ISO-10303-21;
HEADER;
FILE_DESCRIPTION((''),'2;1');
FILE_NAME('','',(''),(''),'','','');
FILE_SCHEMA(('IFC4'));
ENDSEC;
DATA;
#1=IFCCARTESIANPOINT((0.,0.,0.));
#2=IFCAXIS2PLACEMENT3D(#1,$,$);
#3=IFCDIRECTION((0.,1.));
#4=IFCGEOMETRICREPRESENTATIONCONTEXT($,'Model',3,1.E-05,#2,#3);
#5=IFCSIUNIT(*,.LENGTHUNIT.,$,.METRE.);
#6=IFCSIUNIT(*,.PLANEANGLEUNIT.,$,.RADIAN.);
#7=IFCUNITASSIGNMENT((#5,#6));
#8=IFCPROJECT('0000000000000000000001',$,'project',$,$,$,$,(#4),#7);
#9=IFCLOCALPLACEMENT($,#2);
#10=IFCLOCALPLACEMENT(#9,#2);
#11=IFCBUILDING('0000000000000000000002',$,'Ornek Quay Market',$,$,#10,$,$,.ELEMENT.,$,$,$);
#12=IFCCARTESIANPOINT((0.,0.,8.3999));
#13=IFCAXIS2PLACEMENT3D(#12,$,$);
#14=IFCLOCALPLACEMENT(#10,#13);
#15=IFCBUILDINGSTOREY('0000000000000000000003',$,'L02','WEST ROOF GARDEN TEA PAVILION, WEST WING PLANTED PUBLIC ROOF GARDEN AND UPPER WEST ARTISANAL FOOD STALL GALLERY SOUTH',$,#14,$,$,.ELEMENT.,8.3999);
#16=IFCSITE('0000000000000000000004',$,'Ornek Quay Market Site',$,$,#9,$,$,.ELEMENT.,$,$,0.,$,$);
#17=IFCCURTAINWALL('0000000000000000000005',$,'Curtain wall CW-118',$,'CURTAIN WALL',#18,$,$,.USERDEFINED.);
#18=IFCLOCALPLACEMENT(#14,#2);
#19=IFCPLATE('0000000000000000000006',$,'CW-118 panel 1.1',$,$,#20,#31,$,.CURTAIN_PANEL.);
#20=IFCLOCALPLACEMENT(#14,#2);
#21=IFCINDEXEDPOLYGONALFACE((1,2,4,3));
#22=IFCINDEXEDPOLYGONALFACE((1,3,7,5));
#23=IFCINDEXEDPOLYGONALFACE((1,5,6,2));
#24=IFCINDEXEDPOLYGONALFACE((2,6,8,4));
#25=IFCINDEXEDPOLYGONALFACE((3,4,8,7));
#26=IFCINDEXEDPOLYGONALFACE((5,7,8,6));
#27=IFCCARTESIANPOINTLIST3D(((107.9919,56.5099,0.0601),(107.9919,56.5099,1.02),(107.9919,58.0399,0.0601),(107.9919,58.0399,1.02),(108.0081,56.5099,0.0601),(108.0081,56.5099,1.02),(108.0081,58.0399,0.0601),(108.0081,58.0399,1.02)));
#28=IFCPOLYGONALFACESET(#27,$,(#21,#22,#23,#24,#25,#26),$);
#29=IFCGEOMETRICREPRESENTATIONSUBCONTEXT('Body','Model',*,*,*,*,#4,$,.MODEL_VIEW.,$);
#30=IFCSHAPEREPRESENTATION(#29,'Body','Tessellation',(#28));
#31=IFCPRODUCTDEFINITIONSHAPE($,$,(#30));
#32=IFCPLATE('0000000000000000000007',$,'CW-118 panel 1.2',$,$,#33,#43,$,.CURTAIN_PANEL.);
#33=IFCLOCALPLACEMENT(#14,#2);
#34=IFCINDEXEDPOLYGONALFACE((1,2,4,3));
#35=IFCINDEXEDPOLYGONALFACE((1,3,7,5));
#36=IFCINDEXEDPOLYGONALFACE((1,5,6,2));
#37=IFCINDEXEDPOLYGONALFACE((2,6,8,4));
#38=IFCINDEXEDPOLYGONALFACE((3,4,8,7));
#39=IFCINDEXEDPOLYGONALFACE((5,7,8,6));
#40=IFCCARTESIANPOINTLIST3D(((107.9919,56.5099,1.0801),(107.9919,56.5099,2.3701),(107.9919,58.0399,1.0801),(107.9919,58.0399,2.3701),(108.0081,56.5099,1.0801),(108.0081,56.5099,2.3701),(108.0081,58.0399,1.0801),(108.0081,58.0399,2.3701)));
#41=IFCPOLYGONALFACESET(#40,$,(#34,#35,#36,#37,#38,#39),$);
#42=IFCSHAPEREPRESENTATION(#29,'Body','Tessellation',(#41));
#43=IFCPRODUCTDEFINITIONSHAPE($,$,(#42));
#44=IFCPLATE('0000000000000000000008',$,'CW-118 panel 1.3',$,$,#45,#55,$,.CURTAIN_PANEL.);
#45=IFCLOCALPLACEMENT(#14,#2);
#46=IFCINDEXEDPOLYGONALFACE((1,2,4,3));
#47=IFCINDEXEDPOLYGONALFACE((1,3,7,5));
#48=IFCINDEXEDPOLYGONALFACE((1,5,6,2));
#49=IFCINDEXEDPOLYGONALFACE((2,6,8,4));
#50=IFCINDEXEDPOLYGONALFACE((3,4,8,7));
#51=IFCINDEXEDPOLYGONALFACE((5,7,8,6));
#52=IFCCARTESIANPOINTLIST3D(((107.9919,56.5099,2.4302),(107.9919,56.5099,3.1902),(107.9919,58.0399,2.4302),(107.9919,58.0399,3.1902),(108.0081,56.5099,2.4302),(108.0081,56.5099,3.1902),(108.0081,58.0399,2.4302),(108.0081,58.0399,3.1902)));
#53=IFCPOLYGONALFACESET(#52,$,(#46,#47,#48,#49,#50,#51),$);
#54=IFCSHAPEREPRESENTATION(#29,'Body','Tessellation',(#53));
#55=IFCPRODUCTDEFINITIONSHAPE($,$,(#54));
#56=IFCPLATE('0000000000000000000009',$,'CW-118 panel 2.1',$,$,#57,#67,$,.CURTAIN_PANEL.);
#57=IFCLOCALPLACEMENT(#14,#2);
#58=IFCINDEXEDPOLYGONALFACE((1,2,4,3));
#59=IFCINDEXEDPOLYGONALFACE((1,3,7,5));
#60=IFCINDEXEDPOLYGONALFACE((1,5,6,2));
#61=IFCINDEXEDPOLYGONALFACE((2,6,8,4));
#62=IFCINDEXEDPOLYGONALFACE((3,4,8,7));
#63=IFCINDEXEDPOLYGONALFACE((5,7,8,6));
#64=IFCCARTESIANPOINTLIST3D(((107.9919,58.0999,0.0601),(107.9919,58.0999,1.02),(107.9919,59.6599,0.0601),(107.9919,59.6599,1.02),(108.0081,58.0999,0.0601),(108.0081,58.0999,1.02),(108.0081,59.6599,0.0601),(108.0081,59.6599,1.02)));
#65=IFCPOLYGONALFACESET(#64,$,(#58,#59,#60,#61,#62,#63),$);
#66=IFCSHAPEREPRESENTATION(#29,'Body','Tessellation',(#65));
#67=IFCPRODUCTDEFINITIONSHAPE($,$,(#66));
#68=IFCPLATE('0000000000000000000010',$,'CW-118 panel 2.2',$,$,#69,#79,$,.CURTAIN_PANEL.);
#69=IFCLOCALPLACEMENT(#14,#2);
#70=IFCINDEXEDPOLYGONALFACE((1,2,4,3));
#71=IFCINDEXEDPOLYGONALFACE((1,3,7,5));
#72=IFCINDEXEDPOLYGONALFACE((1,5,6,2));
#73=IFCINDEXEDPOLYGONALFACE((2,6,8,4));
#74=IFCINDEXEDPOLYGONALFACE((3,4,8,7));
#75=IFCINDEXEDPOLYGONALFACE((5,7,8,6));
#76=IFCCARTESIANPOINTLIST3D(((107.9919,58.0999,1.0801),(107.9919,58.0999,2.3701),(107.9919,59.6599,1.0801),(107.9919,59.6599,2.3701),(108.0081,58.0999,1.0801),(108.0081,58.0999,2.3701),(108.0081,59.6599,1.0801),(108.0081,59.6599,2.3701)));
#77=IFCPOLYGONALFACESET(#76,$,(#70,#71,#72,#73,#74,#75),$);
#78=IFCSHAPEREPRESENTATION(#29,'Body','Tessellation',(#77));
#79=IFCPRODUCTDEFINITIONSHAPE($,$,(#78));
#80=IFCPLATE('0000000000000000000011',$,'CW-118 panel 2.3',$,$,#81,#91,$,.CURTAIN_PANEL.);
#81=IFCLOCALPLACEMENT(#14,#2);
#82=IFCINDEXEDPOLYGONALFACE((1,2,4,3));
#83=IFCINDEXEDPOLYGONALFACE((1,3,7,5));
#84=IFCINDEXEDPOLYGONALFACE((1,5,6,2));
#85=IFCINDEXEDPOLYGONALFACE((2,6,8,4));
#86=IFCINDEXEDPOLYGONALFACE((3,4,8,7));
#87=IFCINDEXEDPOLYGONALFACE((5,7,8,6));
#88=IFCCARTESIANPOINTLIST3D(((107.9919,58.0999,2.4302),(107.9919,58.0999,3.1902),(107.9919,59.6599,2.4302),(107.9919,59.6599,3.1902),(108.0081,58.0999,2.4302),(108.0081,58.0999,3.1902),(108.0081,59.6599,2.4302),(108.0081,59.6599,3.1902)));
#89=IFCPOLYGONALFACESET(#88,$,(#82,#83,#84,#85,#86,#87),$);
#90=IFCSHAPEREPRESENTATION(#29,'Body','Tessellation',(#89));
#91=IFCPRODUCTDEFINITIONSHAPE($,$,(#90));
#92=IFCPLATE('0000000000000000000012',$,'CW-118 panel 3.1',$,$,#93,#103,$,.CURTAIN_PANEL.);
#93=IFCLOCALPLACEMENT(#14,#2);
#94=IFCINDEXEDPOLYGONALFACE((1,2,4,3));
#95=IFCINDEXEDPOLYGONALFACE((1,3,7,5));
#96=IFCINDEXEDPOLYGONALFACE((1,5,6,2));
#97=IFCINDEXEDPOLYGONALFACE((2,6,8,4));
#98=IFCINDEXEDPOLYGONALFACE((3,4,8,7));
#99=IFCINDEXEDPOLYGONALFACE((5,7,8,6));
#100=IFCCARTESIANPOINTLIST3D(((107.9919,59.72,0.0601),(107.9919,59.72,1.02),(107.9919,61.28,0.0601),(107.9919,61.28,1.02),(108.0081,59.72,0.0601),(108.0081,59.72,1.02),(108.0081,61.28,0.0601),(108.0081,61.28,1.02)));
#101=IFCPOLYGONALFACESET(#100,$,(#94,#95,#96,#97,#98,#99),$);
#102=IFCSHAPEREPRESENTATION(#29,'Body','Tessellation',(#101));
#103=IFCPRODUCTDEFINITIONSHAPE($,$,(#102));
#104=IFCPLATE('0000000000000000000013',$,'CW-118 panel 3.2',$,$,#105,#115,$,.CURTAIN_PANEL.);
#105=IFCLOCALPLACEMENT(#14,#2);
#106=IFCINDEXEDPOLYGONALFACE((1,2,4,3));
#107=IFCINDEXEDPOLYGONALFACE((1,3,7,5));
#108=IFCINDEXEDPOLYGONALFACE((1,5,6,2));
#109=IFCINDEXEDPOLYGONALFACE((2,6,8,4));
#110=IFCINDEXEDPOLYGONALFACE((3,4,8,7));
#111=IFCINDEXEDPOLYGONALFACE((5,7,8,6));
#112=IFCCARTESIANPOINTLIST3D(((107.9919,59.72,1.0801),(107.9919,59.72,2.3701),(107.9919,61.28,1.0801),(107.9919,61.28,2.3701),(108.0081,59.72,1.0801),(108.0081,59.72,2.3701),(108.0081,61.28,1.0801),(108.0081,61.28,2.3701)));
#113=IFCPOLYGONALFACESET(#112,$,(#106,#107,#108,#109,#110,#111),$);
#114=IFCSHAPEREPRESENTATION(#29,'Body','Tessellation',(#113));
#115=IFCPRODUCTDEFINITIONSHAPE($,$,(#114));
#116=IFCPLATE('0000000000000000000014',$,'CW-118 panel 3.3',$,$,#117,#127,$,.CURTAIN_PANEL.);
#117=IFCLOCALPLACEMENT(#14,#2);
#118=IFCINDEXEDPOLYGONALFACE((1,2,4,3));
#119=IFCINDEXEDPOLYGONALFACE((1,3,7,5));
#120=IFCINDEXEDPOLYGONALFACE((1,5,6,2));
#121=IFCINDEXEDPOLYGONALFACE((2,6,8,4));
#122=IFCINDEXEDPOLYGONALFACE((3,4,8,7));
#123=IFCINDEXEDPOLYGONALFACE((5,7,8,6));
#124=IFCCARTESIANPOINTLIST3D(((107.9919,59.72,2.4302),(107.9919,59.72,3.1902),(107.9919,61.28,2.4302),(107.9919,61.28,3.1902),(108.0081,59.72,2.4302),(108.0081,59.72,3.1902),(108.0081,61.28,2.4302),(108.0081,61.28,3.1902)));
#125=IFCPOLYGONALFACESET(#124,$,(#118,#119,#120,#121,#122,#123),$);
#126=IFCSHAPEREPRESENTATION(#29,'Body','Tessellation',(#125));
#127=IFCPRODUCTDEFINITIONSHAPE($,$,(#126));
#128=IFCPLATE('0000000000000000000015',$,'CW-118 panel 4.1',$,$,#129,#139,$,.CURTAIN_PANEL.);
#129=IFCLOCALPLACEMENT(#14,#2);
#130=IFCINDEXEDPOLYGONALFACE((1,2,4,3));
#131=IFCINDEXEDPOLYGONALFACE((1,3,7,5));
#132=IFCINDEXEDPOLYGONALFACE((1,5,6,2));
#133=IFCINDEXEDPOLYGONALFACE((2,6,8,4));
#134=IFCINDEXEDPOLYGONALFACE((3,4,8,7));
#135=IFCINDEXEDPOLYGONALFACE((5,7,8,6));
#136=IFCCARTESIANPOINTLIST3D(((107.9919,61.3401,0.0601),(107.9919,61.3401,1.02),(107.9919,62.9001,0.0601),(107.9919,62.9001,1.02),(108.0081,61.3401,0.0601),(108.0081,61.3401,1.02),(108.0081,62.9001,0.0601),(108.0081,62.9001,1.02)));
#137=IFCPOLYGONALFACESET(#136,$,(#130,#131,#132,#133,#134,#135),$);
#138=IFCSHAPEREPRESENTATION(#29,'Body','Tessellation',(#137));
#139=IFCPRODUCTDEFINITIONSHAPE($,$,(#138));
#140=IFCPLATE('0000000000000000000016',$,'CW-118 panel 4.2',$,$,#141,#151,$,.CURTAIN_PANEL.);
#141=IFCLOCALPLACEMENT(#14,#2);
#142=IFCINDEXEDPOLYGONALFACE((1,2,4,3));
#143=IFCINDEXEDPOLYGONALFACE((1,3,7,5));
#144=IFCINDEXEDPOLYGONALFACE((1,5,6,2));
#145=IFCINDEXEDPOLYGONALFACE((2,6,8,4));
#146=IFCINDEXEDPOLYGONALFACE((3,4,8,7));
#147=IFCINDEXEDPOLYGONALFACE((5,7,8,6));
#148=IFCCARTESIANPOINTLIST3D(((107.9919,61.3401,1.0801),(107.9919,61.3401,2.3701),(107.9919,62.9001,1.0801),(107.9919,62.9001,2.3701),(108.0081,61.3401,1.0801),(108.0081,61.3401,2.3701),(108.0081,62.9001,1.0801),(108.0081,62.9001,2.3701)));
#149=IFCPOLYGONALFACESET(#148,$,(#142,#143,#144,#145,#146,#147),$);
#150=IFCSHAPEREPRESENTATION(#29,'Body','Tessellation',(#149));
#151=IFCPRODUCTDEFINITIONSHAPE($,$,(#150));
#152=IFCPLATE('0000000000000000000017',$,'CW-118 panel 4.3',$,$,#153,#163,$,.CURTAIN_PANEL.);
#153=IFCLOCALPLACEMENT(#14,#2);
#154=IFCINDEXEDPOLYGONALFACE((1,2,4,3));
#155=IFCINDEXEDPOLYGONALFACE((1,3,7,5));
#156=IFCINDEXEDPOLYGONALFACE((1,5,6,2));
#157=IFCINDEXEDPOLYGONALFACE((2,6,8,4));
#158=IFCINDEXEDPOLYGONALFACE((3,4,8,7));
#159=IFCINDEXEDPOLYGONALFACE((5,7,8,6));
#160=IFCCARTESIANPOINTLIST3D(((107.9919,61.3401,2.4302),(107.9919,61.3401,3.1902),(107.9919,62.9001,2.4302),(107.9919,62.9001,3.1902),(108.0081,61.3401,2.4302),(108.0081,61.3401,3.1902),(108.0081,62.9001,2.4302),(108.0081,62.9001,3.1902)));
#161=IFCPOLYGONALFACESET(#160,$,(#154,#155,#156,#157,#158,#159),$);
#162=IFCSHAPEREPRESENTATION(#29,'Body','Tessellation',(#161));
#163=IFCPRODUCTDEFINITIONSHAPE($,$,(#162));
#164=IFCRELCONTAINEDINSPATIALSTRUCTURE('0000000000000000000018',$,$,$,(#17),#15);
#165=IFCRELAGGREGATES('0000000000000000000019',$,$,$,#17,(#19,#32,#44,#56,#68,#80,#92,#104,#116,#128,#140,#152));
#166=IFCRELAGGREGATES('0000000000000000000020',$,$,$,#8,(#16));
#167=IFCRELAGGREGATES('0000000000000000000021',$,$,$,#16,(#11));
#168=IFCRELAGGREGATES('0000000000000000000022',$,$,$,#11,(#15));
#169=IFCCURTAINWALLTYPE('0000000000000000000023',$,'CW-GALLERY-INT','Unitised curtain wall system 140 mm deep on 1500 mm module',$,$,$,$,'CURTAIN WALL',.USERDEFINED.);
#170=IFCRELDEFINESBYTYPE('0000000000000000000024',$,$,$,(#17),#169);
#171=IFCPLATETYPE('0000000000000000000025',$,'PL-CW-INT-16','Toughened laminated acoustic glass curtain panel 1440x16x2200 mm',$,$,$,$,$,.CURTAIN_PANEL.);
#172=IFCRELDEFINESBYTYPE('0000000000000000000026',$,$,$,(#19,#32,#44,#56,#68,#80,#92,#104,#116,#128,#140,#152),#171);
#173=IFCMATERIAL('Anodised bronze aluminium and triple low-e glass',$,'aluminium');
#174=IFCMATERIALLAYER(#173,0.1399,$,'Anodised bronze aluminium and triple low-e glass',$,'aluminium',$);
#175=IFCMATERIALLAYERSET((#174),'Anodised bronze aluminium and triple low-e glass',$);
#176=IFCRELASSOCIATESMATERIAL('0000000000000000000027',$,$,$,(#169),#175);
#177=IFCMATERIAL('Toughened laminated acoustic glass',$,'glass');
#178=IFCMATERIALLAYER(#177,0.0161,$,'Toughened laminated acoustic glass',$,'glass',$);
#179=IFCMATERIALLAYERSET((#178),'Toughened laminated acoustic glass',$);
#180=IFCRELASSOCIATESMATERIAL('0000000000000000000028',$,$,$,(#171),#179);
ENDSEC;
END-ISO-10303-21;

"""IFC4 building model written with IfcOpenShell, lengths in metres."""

from ifc_helpers import new_model, si_unit, direction, frame, origin, origin_2d, place, context, subcontext, project, spatial, rectangle, extrude, material, layer, layer_set, type_object, element, aggregate, save


model = new_model("IFC4")

# Units and contexts
model_context = context("Model", 3, precision=1e-05, world=origin(), true_north=direction((0.0, 1.0)))
body_context = subcontext(model_context, "Body", "Model", "MODEL_VIEW")
ifc_project = project(units=[si_unit("LENGTHUNIT", "METRE"), si_unit("PLANEANGLEUNIT", "RADIAN")], contexts=[model_context])

# Site, building, storey
site_placement = place(None, origin())
site = spatial("IfcSite", under=ifc_project, at=site_placement, Name="Ornek Quay Market Site", CompositionType="ELEMENT", RefElevation=0.0)
building_placement = place(site_placement, origin())
building = spatial("IfcBuilding", under=site, at=building_placement, Name="Ornek Quay Market", CompositionType="ELEMENT")
storey_placement = place(building_placement, frame((0.0, 0.0, 8.3999)))
storey = spatial("IfcBuildingStorey", under=building, at=storey_placement, Name="L02", Description="WEST ROOF GARDEN TEA PAVILION, WEST WING PLANTED PUBLIC ROOF GARDEN AND UPPER WEST ARTISANAL FOOD STALL GALLERY SOUTH", CompositionType="ELEMENT", Elevation=8.3999)

# Curtain wall, plates
ifc_material_1 = material(Name="Anodised bronze aluminium and triple low-e glass", Category="aluminium")
ifc_layer_1 = layer(ifc_material_1, 0.1399, Name="Anodised bronze aluminium and triple low-e glass", Category="aluminium")
ifc_layer_set_1 = layer_set([ifc_layer_1], Name="Anodised bronze aluminium and triple low-e glass")
curtain_wall_type = type_object("IfcCurtainWallType", Name="CW-GALLERY-INT", Description="Unitised curtain wall system 140 mm deep on 1500 mm module", ElementType="CURTAIN WALL", PredefinedType="USERDEFINED", material=ifc_layer_set_1)
curtain_wall_placement = place(storey_placement, origin())
curtain_wall = element("IfcCurtainWall", 1, at=curtain_wall_placement, inside=storey, type_object=curtain_wall_type, Name="Curtain wall CW-118", ObjectType="CURTAIN WALL", PredefinedType="USERDEFINED")
ifc_material_2 = material(Name="Toughened laminated acoustic glass", Category="glass")
ifc_layer_2 = layer(ifc_material_2, 0.0161, Name="Toughened laminated acoustic glass", Category="glass")
ifc_layer_set_2 = layer_set([ifc_layer_2], Name="Toughened laminated acoustic glass")
plate_type = type_object("IfcPlateType", Name="PL-CW-INT-16", Description="Toughened laminated acoustic glass curtain panel 1440x16x2200 mm", PredefinedType="CURTAIN_PANEL", material=ifc_layer_set_2)
plate_1_placement = place(storey_placement, frame((108.0, 57.2749, 0.0601), z_axis=(0.0, 0.0, 1.0), x_axis=(0.0, 1.0, 0.0)))
plate_1 = element("IfcPlate", 2, at=plate_1_placement, type_object=plate_type, Name="CW-118 panel 1.1", PredefinedType="CURTAIN_PANEL", context=body_context, shape_type="SweptSolid", body=[
    extrude(rectangle(XDim=1.53, YDim=0.0161, at=origin_2d()), origin(), (0.0, 0.0, 1.0), 0.96),
])
plate_2_placement = place(storey_placement, frame((108.0, 57.2749, 1.0801), z_axis=(0.0, 0.0, 1.0), x_axis=(0.0, 1.0, 0.0)))
plate_2 = element("IfcPlate", 3, at=plate_2_placement, type_object=plate_type, Name="CW-118 panel 1.2", PredefinedType="CURTAIN_PANEL", context=body_context, shape_type="SweptSolid", body=[
    extrude(rectangle(XDim=1.53, YDim=0.0161, at=origin_2d()), origin(), (0.0, 0.0, 1.0), 1.29),
])
plate_3_placement = place(storey_placement, frame((108.0, 57.2749, 2.4302), z_axis=(0.0, 0.0, 1.0), x_axis=(0.0, 1.0, 0.0)))
plate_3 = element("IfcPlate", 4, at=plate_3_placement, type_object=plate_type, Name="CW-118 panel 1.3", PredefinedType="CURTAIN_PANEL", context=body_context, shape_type="SweptSolid", body=[
    extrude(rectangle(XDim=1.53, YDim=0.0161, at=origin_2d()), origin(), (0.0, 0.0, 1.0), 0.76),
])
plate_4_placement = place(storey_placement, frame((108.0, 58.8799, 0.0601), z_axis=(0.0, 0.0, 1.0), x_axis=(0.0, 1.0, 0.0)))
plate_4 = element("IfcPlate", 5, at=plate_4_placement, type_object=plate_type, Name="CW-118 panel 2.1", PredefinedType="CURTAIN_PANEL", context=body_context, shape_type="SweptSolid", body=[
    extrude(rectangle(XDim=1.5601, YDim=0.0161, at=origin_2d()), origin(), (0.0, 0.0, 1.0), 0.96),
])
plate_5_placement = place(storey_placement, frame((108.0, 58.8799, 1.0801), z_axis=(0.0, 0.0, 1.0), x_axis=(0.0, 1.0, 0.0)))
plate_5 = element("IfcPlate", 6, at=plate_5_placement, type_object=plate_type, Name="CW-118 panel 2.2", PredefinedType="CURTAIN_PANEL", context=body_context, shape_type="SweptSolid", body=[
    extrude(rectangle(XDim=1.5601, YDim=0.0161, at=origin_2d()), origin(), (0.0, 0.0, 1.0), 1.29),
])
plate_6_placement = place(storey_placement, frame((108.0, 58.8799, 2.4302), z_axis=(0.0, 0.0, 1.0), x_axis=(0.0, 1.0, 0.0)))
plate_6 = element("IfcPlate", 7, at=plate_6_placement, type_object=plate_type, Name="CW-118 panel 2.3", PredefinedType="CURTAIN_PANEL", context=body_context, shape_type="SweptSolid", body=[
    extrude(rectangle(XDim=1.5601, YDim=0.0161, at=origin_2d()), origin(), (0.0, 0.0, 1.0), 0.76),
])
plate_7_placement = place(storey_placement, frame((108.0, 60.5, 0.0601), z_axis=(0.0, 0.0, 1.0), x_axis=(0.0, 1.0, 0.0)))
plate_7 = element("IfcPlate", 8, at=plate_7_placement, type_object=plate_type, Name="CW-118 panel 3.1", PredefinedType="CURTAIN_PANEL", context=body_context, shape_type="SweptSolid", body=[
    extrude(rectangle(XDim=1.5601, YDim=0.0161, at=origin_2d()), origin(), (0.0, 0.0, 1.0), 0.96),
])
plate_8_placement = place(storey_placement, frame((108.0, 60.5, 1.0801), z_axis=(0.0, 0.0, 1.0), x_axis=(0.0, 1.0, 0.0)))
plate_8 = element("IfcPlate", 9, at=plate_8_placement, type_object=plate_type, Name="CW-118 panel 3.2", PredefinedType="CURTAIN_PANEL", context=body_context, shape_type="SweptSolid", body=[
    extrude(rectangle(XDim=1.5601, YDim=0.0161, at=origin_2d()), origin(), (0.0, 0.0, 1.0), 1.29),
])
plate_9_placement = place(storey_placement, frame((108.0, 60.5, 2.4302), z_axis=(0.0, 0.0, 1.0), x_axis=(0.0, 1.0, 0.0)))
plate_9 = element("IfcPlate", 10, at=plate_9_placement, type_object=plate_type, Name="CW-118 panel 3.3", PredefinedType="CURTAIN_PANEL", context=body_context, shape_type="SweptSolid", body=[
    extrude(rectangle(XDim=1.5601, YDim=0.0161, at=origin_2d()), origin(), (0.0, 0.0, 1.0), 0.76),
])
plate_10_placement = place(storey_placement, frame((108.0, 62.1201, 0.0601), z_axis=(0.0, 0.0, 1.0), x_axis=(0.0, 1.0, 0.0)))
plate_10 = element("IfcPlate", 11, at=plate_10_placement, type_object=plate_type, Name="CW-118 panel 4.1", PredefinedType="CURTAIN_PANEL", context=body_context, shape_type="SweptSolid", body=[
    extrude(rectangle(XDim=1.5601, YDim=0.0161, at=origin_2d()), origin(), (0.0, 0.0, 1.0), 0.96),
])
plate_11_placement = place(storey_placement, frame((108.0, 62.1201, 1.0801), z_axis=(0.0, 0.0, 1.0), x_axis=(0.0, 1.0, 0.0)))
plate_11 = element("IfcPlate", 12, at=plate_11_placement, type_object=plate_type, Name="CW-118 panel 4.2", PredefinedType="CURTAIN_PANEL", context=body_context, shape_type="SweptSolid", body=[
    extrude(rectangle(XDim=1.5601, YDim=0.0161, at=origin_2d()), origin(), (0.0, 0.0, 1.0), 1.29),
])
plate_12_placement = place(storey_placement, frame((108.0, 62.1201, 2.4302), z_axis=(0.0, 0.0, 1.0), x_axis=(0.0, 1.0, 0.0)))
plate_12 = element("IfcPlate", 13, at=plate_12_placement, type_object=plate_type, Name="CW-118 panel 4.3", PredefinedType="CURTAIN_PANEL", context=body_context, shape_type="SweptSolid", body=[
    extrude(rectangle(XDim=1.5601, YDim=0.0161, at=origin_2d()), origin(), (0.0, 0.0, 1.0), 0.76),
])
aggregate(curtain_wall, [plate_1, plate_2, plate_3, plate_4, plate_5, plate_6, plate_7, plate_8, plate_9, plate_10, plate_11, plate_12])

save(model, "model.ifc")
